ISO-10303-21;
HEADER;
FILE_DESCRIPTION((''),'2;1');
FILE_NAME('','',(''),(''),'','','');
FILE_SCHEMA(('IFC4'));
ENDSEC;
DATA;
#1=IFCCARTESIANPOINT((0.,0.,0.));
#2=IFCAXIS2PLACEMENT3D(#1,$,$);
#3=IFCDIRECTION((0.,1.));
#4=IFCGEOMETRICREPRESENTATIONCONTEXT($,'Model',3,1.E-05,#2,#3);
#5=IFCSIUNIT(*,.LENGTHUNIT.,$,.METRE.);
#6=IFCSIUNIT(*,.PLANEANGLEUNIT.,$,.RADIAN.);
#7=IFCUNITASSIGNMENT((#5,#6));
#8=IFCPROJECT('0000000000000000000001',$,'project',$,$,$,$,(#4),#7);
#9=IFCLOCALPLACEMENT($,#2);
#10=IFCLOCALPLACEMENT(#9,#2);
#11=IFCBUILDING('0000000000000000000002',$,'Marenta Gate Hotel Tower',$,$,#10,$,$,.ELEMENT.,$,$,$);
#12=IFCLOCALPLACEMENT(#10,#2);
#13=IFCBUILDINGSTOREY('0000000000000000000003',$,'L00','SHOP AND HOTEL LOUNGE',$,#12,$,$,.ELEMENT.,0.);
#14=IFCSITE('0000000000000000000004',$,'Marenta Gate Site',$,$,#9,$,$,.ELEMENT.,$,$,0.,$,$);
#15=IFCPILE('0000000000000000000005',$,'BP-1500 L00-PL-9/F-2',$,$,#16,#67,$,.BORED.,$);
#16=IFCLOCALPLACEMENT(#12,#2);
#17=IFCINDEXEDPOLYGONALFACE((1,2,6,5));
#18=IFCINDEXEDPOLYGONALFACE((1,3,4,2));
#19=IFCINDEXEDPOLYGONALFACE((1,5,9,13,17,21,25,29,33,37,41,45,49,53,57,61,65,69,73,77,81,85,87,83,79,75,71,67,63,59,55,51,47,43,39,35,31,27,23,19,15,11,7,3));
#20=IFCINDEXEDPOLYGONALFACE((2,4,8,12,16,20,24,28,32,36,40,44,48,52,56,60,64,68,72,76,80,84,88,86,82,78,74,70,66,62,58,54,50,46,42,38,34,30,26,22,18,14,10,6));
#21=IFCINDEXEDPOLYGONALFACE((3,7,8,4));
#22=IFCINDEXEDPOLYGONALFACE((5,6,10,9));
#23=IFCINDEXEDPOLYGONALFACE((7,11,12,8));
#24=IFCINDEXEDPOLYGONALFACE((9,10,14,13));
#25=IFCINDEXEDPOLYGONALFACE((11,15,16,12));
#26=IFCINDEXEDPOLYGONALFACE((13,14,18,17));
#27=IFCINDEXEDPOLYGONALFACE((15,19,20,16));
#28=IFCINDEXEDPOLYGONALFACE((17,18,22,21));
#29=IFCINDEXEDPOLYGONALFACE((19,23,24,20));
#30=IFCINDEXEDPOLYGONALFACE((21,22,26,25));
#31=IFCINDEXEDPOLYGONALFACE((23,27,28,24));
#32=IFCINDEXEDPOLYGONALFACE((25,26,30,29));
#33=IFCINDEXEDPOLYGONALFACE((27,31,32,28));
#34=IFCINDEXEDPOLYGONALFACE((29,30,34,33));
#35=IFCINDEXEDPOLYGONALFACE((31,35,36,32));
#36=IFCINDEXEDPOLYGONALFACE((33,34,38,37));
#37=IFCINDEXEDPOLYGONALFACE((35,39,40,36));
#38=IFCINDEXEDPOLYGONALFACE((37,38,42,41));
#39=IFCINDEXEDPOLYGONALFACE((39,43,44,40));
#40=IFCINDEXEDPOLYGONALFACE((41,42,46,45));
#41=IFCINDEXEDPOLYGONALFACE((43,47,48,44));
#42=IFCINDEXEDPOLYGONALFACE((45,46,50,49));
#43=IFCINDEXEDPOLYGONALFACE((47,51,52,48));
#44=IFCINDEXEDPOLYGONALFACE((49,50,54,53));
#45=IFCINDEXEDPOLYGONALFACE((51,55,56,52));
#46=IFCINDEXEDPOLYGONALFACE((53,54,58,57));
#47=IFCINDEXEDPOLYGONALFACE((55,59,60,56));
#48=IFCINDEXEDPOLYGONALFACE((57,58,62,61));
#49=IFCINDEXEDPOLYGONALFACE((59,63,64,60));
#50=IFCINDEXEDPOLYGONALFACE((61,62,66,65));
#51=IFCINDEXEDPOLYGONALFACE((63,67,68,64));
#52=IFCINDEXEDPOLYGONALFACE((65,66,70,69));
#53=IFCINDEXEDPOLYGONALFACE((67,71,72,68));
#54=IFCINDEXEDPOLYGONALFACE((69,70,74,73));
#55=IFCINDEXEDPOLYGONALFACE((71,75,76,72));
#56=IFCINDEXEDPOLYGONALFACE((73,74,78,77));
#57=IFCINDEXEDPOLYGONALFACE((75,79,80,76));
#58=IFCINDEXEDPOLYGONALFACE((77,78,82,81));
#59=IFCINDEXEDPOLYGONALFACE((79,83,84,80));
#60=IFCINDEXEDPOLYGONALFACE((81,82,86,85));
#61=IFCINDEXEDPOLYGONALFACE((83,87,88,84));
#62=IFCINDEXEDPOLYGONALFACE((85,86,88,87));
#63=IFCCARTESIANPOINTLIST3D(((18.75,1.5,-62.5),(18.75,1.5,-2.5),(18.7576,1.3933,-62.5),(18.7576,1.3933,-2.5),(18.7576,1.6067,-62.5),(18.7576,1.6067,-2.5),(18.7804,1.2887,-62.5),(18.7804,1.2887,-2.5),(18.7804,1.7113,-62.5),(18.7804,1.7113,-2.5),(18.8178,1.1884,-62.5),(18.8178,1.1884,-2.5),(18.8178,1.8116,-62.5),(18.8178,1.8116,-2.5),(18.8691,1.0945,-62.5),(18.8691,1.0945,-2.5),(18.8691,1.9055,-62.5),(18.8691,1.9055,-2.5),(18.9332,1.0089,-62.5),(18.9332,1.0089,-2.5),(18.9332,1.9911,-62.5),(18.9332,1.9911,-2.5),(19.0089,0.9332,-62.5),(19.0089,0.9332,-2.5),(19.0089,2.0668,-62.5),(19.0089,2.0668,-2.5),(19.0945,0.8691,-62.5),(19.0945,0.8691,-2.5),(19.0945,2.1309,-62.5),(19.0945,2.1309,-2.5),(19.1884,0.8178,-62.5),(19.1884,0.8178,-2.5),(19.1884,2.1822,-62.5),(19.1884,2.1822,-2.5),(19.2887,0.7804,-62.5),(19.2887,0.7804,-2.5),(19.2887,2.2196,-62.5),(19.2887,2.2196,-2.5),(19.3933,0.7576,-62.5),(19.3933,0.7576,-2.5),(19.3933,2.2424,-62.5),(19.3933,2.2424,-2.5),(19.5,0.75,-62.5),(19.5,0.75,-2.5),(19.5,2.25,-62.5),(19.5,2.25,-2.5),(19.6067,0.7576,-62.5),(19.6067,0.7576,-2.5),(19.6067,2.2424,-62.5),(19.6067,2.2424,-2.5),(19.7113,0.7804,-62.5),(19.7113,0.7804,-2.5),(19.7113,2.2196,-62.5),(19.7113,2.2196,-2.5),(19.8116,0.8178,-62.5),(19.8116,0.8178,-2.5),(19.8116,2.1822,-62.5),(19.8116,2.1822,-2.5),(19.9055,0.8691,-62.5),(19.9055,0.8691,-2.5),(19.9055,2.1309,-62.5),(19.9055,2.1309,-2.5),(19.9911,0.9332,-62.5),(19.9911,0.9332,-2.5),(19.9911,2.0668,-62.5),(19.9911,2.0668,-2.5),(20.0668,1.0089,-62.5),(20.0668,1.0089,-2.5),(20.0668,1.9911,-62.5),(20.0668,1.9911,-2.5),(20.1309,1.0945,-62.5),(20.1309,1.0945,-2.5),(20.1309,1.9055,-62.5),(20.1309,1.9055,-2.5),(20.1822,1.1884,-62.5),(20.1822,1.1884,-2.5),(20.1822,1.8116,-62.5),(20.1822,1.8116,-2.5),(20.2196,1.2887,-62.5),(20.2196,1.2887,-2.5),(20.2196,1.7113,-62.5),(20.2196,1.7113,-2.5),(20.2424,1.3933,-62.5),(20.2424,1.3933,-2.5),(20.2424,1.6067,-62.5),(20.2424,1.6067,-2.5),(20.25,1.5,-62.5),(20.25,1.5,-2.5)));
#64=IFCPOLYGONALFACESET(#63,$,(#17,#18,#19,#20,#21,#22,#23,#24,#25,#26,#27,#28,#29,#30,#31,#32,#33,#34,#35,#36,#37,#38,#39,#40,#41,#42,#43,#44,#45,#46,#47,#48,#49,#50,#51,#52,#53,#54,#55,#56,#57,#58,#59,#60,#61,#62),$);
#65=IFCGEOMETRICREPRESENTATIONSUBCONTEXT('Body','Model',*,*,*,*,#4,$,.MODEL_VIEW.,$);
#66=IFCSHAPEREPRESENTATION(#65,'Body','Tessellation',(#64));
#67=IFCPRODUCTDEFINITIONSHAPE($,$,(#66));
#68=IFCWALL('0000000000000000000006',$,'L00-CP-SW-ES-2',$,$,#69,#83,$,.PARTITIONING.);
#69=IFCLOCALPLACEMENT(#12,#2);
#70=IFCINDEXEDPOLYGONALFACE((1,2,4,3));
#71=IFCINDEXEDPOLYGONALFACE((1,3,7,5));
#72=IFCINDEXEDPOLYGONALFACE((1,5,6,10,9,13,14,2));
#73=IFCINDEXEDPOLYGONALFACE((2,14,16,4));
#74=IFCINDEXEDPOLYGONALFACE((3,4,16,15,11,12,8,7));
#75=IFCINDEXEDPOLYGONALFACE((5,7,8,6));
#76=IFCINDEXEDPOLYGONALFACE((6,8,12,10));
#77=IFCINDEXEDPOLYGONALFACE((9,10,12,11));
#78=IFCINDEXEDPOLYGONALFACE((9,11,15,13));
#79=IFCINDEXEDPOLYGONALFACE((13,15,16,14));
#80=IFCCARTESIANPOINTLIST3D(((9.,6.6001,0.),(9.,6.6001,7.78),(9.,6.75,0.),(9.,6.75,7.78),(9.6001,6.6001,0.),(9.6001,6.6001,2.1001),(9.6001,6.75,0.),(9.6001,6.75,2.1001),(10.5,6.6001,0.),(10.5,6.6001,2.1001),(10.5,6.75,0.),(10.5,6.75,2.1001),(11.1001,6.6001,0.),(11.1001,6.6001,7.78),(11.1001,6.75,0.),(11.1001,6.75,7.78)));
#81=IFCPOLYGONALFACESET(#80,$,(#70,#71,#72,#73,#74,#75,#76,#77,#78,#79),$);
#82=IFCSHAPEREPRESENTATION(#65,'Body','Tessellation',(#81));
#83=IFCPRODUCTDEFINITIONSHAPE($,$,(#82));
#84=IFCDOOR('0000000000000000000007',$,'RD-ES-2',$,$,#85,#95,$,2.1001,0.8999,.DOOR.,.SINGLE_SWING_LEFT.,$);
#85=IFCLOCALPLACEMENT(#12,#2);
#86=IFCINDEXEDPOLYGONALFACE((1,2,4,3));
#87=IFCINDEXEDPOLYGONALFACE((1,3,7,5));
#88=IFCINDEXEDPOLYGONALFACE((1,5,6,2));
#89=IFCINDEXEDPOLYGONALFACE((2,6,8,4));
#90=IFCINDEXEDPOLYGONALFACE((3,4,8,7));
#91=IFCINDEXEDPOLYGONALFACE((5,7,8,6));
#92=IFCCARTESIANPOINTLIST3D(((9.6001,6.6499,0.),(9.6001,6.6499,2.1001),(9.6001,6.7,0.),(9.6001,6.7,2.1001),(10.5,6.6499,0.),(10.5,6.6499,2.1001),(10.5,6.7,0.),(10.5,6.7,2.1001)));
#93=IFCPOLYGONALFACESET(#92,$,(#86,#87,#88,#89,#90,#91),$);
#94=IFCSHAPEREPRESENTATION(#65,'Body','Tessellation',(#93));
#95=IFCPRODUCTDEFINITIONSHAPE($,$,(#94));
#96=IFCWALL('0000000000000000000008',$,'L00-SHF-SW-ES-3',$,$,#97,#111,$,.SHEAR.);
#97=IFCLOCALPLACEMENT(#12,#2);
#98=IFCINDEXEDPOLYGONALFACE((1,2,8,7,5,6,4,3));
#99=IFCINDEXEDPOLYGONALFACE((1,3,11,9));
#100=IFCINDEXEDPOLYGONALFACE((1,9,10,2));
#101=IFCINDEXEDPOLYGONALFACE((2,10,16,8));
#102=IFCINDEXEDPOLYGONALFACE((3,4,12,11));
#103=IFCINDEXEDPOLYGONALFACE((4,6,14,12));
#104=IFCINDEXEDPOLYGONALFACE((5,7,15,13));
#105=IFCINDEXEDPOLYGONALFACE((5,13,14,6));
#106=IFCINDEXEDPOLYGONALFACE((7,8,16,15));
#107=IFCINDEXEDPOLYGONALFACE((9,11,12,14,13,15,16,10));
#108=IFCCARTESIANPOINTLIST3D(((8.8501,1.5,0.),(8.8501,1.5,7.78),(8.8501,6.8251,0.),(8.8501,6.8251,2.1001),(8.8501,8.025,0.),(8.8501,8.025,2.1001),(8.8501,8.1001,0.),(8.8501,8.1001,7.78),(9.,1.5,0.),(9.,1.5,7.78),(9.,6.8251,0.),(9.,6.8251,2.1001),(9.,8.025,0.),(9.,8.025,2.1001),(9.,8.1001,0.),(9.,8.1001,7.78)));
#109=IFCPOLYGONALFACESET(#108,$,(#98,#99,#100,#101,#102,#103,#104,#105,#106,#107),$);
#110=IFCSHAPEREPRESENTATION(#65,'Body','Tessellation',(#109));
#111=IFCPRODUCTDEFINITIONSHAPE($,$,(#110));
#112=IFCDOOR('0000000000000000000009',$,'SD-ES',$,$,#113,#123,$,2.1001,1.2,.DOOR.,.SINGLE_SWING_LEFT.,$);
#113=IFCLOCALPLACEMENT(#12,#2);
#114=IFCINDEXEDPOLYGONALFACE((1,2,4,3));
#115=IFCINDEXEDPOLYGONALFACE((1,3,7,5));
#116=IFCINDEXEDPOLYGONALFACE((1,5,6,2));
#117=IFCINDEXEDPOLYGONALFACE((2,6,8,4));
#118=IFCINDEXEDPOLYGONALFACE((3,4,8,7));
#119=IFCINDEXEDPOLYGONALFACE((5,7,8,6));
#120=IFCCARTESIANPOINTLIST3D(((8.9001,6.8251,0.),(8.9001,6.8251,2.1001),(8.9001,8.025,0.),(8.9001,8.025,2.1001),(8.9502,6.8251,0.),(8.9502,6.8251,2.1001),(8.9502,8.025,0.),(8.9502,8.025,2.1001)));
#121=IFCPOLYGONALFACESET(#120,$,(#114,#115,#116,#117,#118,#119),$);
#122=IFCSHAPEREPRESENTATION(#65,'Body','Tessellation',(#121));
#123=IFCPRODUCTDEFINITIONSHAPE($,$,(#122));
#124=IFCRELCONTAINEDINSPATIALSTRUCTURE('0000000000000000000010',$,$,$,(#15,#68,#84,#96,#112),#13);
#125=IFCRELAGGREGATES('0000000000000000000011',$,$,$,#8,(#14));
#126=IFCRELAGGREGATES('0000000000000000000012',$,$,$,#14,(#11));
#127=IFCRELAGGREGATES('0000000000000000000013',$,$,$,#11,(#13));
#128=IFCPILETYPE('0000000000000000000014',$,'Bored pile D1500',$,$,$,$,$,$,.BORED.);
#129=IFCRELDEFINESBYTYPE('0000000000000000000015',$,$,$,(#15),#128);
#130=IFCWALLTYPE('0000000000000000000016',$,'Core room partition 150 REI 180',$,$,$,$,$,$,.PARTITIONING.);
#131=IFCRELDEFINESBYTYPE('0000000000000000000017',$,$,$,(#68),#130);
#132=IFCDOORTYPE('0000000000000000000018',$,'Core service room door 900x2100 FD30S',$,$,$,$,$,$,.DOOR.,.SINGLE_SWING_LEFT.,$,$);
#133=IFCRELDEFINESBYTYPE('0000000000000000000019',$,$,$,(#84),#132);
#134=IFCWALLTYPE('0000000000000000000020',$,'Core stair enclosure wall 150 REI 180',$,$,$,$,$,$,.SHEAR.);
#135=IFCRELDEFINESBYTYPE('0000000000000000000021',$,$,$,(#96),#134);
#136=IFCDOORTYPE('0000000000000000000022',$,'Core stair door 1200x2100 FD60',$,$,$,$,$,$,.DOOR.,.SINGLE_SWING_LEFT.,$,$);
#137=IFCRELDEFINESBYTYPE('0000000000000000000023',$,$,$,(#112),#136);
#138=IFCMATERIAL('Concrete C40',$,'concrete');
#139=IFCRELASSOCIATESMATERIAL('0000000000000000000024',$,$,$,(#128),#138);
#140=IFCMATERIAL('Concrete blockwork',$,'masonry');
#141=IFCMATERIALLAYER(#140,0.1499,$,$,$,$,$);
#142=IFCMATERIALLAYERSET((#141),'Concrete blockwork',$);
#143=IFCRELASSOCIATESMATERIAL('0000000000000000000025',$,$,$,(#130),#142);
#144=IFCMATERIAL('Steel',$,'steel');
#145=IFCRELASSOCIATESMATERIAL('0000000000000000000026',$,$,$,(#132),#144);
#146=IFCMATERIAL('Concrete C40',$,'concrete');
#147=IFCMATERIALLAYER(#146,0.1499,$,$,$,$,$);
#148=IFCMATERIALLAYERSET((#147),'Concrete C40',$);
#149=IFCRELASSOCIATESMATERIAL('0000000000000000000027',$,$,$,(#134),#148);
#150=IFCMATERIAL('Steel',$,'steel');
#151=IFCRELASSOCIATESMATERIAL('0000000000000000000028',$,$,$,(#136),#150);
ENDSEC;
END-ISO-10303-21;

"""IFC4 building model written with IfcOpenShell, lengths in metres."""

from ifc_helpers import new_model, si_unit, direction, frame, frame_2d, origin, origin_2d, place, context, subcontext, project, spatial, rectangle, circle, extrude, material, layer, layer_set, type_object, element, fill, save


model = new_model("IFC4")

# Units and contexts
model_context = context("Model", 3, precision=1e-05, world=origin(), true_north=direction((0.0, 1.0)))
body_context = subcontext(model_context, "Body", "Model", "MODEL_VIEW")
ifc_project = project(units=[si_unit("LENGTHUNIT", "METRE"), si_unit("PLANEANGLEUNIT", "RADIAN")], contexts=[model_context])

# Site, building, storey
site_placement = place(None, origin())
site = spatial("IfcSite", under=ifc_project, at=site_placement, Name="Marenta Gate Site", CompositionType="ELEMENT", RefElevation=0.0)
building_placement = place(site_placement, origin())
building = spatial("IfcBuilding", under=site, at=building_placement, Name="Marenta Gate Hotel Tower", CompositionType="ELEMENT")
storey_placement = place(building_placement, origin())
storey = spatial("IfcBuildingStorey", under=building, at=storey_placement, Name="L00", Description="SHOP AND HOTEL LOUNGE", CompositionType="ELEMENT", Elevation=0.0)

# Pile
ifc_material_1 = material(Name="Concrete C40", Category="concrete")
pile_type = type_object("IfcPileType", Name="Bored pile D1500", PredefinedType="BORED", material=ifc_material_1)
for number, where, z_axis, x_axis, name in (
    (1, (19.5, 1.5, -2.5), (0.0, 0.0, -1.0), (1.0, 0.0, 0.0), "BP-1500 L00-PL-9/F-2"),
):
    element("IfcPile", number, at=place(storey_placement, frame(where, z_axis=z_axis, x_axis=x_axis)), inside=storey, type_object=pile_type, Name=name, PredefinedType="BORED", context=body_context, shape_type="SweptSolid", body=[
        extrude(circle(Radius=0.75, at=origin_2d()), origin(), (0.0, 0.0, 1.0), 60.0),
    ])

# Walls, openings, doors
ifc_material_2 = material(Name="Concrete blockwork", Category="masonry")
ifc_layer_1 = layer(ifc_material_2, 0.1499)
ifc_layer_set_1 = layer_set([ifc_layer_1], Name="Concrete blockwork")
wall_type_1 = type_object("IfcWallType", Name="Core room partition 150 REI 180", PredefinedType="PARTITIONING", material=ifc_layer_set_1)
wall_1_placement = place(storey_placement, frame((9.0, 6.675, 0.0), z_axis=(0.0, 0.0, 1.0), x_axis=(1.0, 0.0, 0.0)))
wall_1 = element("IfcWall", 2, at=wall_1_placement, inside=storey, type_object=wall_type_1, Name="L00-CP-SW-ES-2", PredefinedType="PARTITIONING", context=body_context, shape_type="SweptSolid", body=[
    extrude(rectangle(XDim=2.1001, YDim=0.1499, at=frame_2d((1.05, 0.0))), origin(), (0.0, 0.0, 1.0), 7.78),
])
opening_1_placement = place(wall_1_placement, frame((0.6001, 0.0, 0.0)))
opening_1 = element("IfcOpeningElement", 3, at=opening_1_placement, cuts=wall_1, PredefinedType="OPENING", context=body_context, shape_type="SweptSolid", body=[
    extrude(rectangle(XDim=0.8999, YDim=2.1001, at=frame_2d((0.45, 1.05))), frame((0.0, 0.075, 0.0), z_axis=(0.0, -1.0, 0.0), x_axis=(1.0, 0.0, 0.0)), (0.0, 0.0, 1.0), 0.1499),
])
ifc_material_3 = material(Name="Steel", Category="steel")
door_type_1 = type_object("IfcDoorType", Name="Core service room door 900x2100 FD30S", OperationType="SINGLE_SWING_LEFT", PredefinedType="DOOR", material=ifc_material_3)
door_1_placement = place(opening_1_placement, origin())
door_1 = element("IfcDoor", 4, at=door_1_placement, inside=storey, type_object=door_type_1, Name="RD-ES-2", OperationType="SINGLE_SWING_LEFT", OverallHeight=2.1001, OverallWidth=0.8999, PredefinedType="DOOR", context=body_context, shape_type="SweptSolid", body=[
    extrude(rectangle(XDim=0.8999, YDim=2.1001, at=frame_2d((0.45, 1.05))), frame((0.0, 0.0249, 0.0), z_axis=(0.0, -1.0, 0.0), x_axis=(1.0, 0.0, 0.0)), (0.0, 0.0, 1.0), 0.05),
])
fill(opening_1, door_1)
ifc_material_4 = material(Name="Concrete C40", Category="concrete")
ifc_layer_2 = layer(ifc_material_4, 0.1499)
ifc_layer_set_2 = layer_set([ifc_layer_2], Name="Concrete C40")
wall_type_2 = type_object("IfcWallType", Name="Core stair enclosure wall 150 REI 180", PredefinedType="SHEAR", material=ifc_layer_set_2)
wall_2_placement = place(storey_placement, frame((8.925, 1.5, 0.0), z_axis=(0.0, 0.0, 1.0), x_axis=(0.0, 1.0, 0.0)))
wall_2 = element("IfcWall", 5, at=wall_2_placement, inside=storey, type_object=wall_type_2, Name="L00-SHF-SW-ES-3", PredefinedType="SHEAR", context=body_context, shape_type="SweptSolid", body=[
    extrude(rectangle(XDim=6.6001, YDim=0.1499, at=frame_2d((3.3, 0.0))), origin(), (0.0, 0.0, 1.0), 7.78),
])
opening_2_placement = place(wall_2_placement, frame((5.325, 0.0, 0.0)))
opening_2 = element("IfcOpeningElement", 6, at=opening_2_placement, cuts=wall_2, PredefinedType="OPENING", context=body_context, shape_type="SweptSolid", body=[
    extrude(rectangle(XDim=1.2, YDim=2.1001, at=frame_2d((0.6001, 1.05))), frame((0.0, 0.075, 0.0), z_axis=(0.0, -1.0, 0.0), x_axis=(1.0, 0.0, 0.0)), (0.0, 0.0, 1.0), 0.1499),
])
ifc_material_5 = material(Name="Steel", Category="steel")
door_type_2 = type_object("IfcDoorType", Name="Core stair door 1200x2100 FD60", OperationType="SINGLE_SWING_LEFT", PredefinedType="DOOR", material=ifc_material_5)
door_2_placement = place(opening_2_placement, origin())
door_2 = element("IfcDoor", 7, at=door_2_placement, inside=storey, type_object=door_type_2, Name="SD-ES", OperationType="SINGLE_SWING_LEFT", OverallHeight=2.1001, OverallWidth=1.2, PredefinedType="DOOR", context=body_context, shape_type="SweptSolid", body=[
    extrude(rectangle(XDim=1.2, YDim=2.1001, at=frame_2d((0.6001, 1.05))), frame((0.0, 0.0249, 0.0), z_axis=(0.0, -1.0, 0.0), x_axis=(1.0, 0.0, 0.0)), (0.0, 0.0, 1.0), 0.05),
])
fill(opening_2, door_2)

save(model, "model.ifc")
